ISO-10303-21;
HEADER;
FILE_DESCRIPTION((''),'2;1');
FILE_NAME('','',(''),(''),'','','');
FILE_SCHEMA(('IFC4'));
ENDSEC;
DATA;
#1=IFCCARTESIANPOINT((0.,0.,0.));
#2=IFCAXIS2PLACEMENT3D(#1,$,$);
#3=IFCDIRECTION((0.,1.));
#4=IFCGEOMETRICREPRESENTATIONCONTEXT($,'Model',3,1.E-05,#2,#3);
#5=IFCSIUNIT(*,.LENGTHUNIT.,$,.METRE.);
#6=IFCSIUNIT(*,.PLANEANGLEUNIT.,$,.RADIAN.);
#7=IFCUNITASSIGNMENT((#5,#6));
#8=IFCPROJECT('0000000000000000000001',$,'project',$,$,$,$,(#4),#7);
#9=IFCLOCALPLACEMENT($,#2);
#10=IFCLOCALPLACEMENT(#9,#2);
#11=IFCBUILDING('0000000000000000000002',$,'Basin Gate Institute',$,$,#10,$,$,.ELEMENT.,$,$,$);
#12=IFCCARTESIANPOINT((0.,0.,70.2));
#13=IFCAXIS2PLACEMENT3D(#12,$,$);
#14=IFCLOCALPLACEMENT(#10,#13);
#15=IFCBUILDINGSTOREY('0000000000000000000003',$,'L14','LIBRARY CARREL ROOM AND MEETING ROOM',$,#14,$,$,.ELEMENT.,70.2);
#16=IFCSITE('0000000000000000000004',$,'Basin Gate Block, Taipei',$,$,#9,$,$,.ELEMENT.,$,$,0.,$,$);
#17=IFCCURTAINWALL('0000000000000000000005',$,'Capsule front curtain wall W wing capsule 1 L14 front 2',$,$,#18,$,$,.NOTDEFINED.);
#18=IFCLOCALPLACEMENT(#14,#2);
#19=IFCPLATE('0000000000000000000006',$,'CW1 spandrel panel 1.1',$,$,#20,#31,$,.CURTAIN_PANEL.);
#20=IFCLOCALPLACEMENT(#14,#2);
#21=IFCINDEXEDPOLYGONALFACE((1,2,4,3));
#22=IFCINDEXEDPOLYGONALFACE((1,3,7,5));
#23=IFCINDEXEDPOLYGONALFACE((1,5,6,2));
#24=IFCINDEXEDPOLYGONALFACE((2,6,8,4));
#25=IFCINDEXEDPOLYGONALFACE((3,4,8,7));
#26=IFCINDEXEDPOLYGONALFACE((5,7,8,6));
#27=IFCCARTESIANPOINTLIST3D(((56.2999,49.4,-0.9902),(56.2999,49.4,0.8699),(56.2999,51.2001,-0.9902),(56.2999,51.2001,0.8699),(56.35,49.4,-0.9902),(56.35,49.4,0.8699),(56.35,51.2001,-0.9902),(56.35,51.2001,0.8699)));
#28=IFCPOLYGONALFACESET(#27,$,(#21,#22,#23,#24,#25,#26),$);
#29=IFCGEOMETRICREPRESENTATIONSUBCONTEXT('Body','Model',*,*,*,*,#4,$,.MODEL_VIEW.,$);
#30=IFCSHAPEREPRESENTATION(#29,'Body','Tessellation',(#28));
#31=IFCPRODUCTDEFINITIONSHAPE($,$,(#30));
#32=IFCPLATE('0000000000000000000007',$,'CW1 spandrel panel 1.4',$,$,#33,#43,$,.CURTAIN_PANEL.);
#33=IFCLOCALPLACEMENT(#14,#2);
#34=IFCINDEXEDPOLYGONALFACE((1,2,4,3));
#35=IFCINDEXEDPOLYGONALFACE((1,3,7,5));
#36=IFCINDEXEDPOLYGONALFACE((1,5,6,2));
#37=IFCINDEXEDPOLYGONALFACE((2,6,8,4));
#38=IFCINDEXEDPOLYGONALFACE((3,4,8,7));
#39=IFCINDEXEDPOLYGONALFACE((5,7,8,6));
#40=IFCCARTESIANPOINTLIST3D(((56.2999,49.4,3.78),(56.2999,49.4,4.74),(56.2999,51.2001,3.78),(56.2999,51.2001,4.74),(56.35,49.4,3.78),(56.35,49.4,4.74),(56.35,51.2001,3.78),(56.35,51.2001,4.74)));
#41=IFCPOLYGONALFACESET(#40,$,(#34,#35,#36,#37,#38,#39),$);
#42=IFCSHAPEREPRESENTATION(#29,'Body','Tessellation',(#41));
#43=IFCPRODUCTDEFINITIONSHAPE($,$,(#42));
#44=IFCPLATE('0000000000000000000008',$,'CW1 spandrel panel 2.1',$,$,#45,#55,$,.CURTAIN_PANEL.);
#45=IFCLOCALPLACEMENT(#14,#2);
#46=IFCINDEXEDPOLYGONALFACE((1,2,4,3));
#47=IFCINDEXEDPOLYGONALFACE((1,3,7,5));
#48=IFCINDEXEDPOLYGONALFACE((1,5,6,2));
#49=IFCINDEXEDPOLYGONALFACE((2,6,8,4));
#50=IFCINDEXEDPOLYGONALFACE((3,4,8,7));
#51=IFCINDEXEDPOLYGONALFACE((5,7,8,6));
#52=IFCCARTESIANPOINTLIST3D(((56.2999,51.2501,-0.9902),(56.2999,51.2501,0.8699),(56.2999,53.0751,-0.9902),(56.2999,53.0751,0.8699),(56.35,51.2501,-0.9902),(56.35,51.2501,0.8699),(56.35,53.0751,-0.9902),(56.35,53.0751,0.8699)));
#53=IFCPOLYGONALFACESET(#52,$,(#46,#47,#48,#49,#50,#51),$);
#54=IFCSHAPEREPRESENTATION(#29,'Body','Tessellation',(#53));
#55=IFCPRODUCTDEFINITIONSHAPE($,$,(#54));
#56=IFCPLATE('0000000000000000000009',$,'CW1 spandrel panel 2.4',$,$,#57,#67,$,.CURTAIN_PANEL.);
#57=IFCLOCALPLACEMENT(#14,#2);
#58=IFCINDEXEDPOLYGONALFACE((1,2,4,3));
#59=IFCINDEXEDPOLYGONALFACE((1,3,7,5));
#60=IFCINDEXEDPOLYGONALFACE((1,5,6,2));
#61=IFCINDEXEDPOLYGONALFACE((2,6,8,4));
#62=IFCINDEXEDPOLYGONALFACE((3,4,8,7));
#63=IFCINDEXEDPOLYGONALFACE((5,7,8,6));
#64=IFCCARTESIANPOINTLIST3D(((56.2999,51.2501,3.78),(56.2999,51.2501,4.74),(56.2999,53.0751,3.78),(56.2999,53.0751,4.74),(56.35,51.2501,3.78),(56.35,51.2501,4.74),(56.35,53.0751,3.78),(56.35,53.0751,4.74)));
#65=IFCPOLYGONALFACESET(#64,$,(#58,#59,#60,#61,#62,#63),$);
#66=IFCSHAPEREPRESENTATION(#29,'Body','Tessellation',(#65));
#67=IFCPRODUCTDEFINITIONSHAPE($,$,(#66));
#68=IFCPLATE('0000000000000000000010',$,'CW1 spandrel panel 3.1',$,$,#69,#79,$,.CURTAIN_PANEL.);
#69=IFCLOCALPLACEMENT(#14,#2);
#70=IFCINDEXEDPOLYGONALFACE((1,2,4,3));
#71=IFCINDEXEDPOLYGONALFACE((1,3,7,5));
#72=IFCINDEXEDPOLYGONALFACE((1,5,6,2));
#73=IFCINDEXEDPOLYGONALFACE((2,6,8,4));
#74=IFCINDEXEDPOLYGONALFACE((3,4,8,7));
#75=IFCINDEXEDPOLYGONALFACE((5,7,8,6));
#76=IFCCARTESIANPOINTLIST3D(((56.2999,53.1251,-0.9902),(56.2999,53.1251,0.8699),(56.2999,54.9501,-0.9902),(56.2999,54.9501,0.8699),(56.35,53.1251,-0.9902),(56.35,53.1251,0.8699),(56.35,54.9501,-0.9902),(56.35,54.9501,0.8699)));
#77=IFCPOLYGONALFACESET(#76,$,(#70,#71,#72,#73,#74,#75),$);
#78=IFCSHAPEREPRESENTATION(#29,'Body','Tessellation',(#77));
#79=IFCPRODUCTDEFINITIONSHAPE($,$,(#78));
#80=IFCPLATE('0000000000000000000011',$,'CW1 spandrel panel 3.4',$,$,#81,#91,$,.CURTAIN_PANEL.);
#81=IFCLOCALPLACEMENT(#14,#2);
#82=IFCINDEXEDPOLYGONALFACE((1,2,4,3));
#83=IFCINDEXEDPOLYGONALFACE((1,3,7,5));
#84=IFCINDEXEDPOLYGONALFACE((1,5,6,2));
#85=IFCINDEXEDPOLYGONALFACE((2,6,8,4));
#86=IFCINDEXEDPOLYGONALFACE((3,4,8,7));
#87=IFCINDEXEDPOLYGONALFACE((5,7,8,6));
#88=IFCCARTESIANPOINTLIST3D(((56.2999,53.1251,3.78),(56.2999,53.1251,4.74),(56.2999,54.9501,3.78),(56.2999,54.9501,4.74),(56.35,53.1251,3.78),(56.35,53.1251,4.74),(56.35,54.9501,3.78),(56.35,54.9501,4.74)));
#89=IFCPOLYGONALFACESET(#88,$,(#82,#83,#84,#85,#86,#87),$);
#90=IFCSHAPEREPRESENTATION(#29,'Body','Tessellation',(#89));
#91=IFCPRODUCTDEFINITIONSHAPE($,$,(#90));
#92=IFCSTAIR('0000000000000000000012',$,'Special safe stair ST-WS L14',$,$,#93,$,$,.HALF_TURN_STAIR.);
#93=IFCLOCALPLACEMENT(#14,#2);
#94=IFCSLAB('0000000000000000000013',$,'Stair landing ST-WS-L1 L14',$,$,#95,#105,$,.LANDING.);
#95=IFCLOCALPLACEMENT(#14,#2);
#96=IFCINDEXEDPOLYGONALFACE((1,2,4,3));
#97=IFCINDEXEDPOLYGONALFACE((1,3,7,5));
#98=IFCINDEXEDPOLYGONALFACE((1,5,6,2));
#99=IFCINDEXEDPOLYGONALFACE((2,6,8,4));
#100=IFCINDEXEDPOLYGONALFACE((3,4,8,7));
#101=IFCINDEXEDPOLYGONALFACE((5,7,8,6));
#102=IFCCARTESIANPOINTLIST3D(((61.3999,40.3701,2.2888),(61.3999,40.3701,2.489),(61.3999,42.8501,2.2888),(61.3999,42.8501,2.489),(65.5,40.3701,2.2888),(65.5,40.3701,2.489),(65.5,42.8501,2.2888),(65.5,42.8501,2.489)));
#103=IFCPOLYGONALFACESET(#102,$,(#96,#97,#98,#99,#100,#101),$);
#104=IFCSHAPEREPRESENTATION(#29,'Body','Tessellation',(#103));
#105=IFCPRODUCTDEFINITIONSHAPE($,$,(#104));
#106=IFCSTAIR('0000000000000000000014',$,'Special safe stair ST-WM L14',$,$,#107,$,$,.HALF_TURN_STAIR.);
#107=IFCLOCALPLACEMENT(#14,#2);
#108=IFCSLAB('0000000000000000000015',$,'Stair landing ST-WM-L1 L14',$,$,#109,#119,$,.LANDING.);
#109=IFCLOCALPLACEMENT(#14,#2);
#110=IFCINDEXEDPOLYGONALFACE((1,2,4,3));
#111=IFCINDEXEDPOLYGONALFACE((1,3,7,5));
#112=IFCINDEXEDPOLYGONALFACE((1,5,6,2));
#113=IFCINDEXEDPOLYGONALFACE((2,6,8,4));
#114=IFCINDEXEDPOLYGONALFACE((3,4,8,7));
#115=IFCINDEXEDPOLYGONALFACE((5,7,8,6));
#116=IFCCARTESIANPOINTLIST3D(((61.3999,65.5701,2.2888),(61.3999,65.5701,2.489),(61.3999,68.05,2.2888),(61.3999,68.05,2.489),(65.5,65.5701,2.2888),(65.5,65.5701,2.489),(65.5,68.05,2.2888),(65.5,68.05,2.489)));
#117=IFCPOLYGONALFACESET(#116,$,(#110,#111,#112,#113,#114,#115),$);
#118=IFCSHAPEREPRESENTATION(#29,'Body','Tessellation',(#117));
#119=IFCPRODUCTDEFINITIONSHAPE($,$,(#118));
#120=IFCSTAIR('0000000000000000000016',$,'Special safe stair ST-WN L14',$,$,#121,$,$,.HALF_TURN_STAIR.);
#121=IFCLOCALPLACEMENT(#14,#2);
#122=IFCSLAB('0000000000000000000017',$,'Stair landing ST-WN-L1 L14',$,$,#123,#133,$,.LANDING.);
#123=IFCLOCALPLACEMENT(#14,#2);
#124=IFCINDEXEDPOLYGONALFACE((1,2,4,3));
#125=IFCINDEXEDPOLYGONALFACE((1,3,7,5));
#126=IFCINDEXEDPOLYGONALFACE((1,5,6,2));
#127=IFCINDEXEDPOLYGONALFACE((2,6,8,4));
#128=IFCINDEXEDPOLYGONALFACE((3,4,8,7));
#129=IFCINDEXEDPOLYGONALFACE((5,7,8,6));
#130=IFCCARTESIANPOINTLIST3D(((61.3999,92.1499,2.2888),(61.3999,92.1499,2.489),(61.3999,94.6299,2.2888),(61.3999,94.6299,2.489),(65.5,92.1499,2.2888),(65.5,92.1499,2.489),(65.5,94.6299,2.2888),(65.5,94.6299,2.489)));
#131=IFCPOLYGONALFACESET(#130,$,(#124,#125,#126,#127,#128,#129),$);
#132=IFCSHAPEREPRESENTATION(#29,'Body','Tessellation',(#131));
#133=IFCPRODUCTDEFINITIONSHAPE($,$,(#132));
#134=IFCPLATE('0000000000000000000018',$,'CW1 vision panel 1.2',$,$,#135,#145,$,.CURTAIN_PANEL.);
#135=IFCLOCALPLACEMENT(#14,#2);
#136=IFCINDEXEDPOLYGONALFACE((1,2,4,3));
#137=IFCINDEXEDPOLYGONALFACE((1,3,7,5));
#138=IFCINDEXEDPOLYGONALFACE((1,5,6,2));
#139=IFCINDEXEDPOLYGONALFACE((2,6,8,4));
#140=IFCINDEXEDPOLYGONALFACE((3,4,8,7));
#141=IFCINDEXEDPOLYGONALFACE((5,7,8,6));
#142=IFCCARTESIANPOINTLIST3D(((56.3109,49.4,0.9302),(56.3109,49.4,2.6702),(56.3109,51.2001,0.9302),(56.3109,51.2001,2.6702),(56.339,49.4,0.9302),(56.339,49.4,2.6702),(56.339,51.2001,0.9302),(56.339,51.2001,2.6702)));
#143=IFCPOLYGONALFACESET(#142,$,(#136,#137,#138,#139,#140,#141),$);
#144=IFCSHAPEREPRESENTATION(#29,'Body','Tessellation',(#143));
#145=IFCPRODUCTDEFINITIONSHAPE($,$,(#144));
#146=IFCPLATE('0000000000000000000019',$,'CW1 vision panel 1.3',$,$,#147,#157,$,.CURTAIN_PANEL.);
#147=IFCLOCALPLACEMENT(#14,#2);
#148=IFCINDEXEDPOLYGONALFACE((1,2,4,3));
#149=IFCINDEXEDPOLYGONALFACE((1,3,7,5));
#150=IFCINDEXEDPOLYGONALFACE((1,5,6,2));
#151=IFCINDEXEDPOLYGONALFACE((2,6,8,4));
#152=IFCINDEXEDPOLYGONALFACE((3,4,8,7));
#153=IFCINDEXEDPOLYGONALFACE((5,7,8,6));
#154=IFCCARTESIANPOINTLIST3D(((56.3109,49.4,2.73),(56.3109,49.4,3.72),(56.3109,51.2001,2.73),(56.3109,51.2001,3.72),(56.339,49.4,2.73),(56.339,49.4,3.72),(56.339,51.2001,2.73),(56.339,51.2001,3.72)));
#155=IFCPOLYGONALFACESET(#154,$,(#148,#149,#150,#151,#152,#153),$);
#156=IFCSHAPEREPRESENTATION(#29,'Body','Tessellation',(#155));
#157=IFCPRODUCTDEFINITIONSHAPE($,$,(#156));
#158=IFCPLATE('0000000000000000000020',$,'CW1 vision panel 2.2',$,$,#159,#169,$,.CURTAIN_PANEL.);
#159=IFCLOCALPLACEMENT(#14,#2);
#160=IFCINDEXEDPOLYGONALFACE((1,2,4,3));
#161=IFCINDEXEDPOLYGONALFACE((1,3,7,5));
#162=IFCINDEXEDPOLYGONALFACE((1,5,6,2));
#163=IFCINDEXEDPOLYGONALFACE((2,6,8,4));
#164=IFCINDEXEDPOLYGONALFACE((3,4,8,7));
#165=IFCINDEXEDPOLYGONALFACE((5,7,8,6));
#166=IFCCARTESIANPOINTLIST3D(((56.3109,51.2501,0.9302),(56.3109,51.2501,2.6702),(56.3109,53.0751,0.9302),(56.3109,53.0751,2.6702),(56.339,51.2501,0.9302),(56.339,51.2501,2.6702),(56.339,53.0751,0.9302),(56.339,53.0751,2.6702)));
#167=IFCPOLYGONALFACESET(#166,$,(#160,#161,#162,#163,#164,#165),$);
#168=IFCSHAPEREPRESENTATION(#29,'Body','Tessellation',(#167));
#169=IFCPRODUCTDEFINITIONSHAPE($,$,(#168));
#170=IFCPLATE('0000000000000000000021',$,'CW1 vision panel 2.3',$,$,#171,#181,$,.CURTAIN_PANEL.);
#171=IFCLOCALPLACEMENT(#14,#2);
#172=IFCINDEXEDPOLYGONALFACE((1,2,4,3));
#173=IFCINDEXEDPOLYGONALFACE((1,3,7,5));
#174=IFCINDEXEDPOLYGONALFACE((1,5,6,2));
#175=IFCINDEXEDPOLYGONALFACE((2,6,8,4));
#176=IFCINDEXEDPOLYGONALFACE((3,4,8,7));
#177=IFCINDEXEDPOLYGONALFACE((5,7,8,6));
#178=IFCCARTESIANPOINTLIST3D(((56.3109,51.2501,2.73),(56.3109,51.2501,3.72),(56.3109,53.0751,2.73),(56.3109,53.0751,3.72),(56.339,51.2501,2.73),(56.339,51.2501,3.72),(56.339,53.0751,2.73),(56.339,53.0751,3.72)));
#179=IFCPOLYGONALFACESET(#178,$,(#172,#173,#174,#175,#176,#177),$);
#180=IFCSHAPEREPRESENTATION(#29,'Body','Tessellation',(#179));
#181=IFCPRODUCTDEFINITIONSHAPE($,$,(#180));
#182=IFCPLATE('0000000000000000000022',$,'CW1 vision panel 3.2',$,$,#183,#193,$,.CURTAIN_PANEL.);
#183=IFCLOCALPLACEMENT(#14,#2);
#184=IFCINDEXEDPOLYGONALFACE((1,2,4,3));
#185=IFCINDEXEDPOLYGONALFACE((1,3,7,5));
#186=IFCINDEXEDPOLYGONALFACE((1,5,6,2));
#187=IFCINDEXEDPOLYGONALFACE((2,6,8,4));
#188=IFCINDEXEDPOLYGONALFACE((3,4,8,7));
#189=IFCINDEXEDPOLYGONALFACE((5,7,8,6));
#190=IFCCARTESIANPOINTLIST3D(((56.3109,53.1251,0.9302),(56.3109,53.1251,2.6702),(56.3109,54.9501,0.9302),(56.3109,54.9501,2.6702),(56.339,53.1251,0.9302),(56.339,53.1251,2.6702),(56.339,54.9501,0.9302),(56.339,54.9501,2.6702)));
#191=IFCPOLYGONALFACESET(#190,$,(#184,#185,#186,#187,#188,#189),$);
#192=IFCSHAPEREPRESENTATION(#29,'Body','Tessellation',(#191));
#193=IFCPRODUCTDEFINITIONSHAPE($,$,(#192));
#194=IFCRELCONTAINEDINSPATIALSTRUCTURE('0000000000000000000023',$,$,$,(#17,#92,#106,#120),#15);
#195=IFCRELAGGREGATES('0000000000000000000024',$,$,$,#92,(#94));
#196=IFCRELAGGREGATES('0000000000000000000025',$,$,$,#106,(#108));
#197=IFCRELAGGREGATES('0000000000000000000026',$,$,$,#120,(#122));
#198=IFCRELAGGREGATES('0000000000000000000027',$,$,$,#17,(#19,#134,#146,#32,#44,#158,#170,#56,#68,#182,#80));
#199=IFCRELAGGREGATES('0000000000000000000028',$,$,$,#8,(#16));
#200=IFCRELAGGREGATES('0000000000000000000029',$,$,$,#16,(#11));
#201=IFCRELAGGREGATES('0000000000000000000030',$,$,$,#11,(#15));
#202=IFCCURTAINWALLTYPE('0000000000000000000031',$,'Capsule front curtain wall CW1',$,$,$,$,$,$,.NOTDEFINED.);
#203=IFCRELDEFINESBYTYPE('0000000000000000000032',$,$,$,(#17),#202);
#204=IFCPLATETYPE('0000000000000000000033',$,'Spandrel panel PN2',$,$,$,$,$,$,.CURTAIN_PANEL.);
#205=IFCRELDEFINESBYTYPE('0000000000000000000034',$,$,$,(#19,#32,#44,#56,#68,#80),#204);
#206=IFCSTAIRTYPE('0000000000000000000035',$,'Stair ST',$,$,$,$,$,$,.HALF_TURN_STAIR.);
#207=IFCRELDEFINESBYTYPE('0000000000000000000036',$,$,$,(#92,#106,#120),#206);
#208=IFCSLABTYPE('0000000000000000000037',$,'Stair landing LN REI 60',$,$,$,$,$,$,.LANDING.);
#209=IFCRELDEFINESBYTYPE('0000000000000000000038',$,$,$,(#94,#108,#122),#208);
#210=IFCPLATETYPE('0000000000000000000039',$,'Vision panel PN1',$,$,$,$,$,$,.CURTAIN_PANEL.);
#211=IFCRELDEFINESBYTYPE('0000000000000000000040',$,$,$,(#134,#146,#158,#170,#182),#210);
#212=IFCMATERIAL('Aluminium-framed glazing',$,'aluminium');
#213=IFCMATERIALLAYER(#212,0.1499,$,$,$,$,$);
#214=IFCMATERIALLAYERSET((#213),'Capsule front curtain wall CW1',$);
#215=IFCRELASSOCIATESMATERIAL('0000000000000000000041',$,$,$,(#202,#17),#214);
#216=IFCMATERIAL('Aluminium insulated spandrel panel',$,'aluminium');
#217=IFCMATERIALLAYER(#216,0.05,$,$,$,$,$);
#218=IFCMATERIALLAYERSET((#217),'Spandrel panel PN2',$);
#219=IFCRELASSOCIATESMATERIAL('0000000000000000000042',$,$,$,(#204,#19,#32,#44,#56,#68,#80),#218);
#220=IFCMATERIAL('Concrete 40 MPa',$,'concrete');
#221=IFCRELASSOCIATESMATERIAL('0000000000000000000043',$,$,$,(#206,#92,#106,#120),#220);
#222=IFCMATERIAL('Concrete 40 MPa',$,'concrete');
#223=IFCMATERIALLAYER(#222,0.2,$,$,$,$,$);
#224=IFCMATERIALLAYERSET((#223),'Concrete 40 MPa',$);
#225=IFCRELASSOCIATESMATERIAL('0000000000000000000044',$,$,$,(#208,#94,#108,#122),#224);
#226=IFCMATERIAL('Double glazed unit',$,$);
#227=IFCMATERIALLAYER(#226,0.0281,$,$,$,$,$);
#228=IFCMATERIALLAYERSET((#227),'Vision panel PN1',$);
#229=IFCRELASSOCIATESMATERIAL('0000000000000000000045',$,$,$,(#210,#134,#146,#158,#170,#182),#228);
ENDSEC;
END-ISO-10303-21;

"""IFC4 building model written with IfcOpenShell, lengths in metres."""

from ifc_helpers import new_model, si_unit, direction, frame, origin, origin_2d, place, context, subcontext, project, spatial, polyline, rectangle, outline, extrude, material, layer, layer_set, type_object, element, aggregate, save


model = new_model("IFC4")

# Units and contexts
model_context = context("Model", 3, precision=1e-05, world=origin(), true_north=direction((0.0, 1.0)))
body_context = subcontext(model_context, "Body", "Model", "MODEL_VIEW")
ifc_project = project(units=[si_unit("LENGTHUNIT", "METRE"), si_unit("PLANEANGLEUNIT", "RADIAN")], contexts=[model_context])

# Site, building, storey
site_placement = place(None, origin())
site = spatial("IfcSite", under=ifc_project, at=site_placement, Name="Basin Gate Block, Taipei", CompositionType="ELEMENT", RefElevation=0.0)
building_placement = place(site_placement, origin())
building = spatial("IfcBuilding", under=site, at=building_placement, Name="Basin Gate Institute", CompositionType="ELEMENT")
storey_placement = place(building_placement, frame((0.0, 0.0, 70.2)))
storey = spatial("IfcBuildingStorey", under=building, at=storey_placement, Name="L14", Description="LIBRARY CARREL ROOM AND MEETING ROOM", CompositionType="ELEMENT", Elevation=70.2)

# Curtain wall
ifc_material_1 = material(Name="Aluminium-framed glazing", Category="aluminium")
ifc_layer_1 = layer(ifc_material_1, 0.1499)
ifc_layer_set_1 = layer_set([ifc_layer_1], Name="Capsule front curtain wall CW1")
curtain_wall_type = type_object("IfcCurtainWallType", Name="Capsule front curtain wall CW1", PredefinedType="NOTDEFINED", material=ifc_layer_set_1)
curtain_wall_placement = place(storey_placement, origin())
curtain_wall = element("IfcCurtainWall", 1, at=curtain_wall_placement, inside=storey, type_object=curtain_wall_type, material=ifc_layer_set_1, Name="Capsule front curtain wall W wing capsule 1 L14 front 2", PredefinedType="NOTDEFINED")

# Plates
ifc_material_2 = material(Name="Aluminium insulated spandrel panel", Category="aluminium")
ifc_layer_2 = layer(ifc_material_2, 0.05)
ifc_layer_set_2 = layer_set([ifc_layer_2], Name="Spandrel panel PN2")
plate_type_1 = type_object("IfcPlateType", Name="Spandrel panel PN2", PredefinedType="CURTAIN_PANEL", material=ifc_layer_set_2)
plate_1_placement = place(storey_placement, frame((56.325, 50.3, -0.9902), z_axis=(0.0, 0.0, 1.0), x_axis=(0.0, 1.0, 0.0)))
plate_1 = element("IfcPlate", 2, at=plate_1_placement, type_object=plate_type_1, material=ifc_layer_set_2, Name="CW1 spandrel panel 1.1", PredefinedType="CURTAIN_PANEL", context=body_context, shape_type="SweptSolid", body=[
    extrude(rectangle(XDim=1.8, YDim=0.05, at=origin_2d()), origin(), (0.0, 0.0, 1.0), 1.8601),
])
plate_2_placement = place(storey_placement, frame((56.325, 50.3, 3.78), z_axis=(0.0, 0.0, 1.0), x_axis=(0.0, 1.0, 0.0)))
plate_2 = element("IfcPlate", 3, at=plate_2_placement, type_object=plate_type_1, material=ifc_layer_set_2, Name="CW1 spandrel panel 1.4", PredefinedType="CURTAIN_PANEL", context=body_context, shape_type="SweptSolid", body=[
    extrude(rectangle(XDim=1.8, YDim=0.05, at=origin_2d()), origin(), (0.0, 0.0, 1.0), 0.96),
])
plate_3_placement = place(storey_placement, frame((56.325, 52.1626, -0.9902), z_axis=(0.0, 0.0, 1.0), x_axis=(0.0, 1.0, 0.0)))
plate_3 = element("IfcPlate", 4, at=plate_3_placement, type_object=plate_type_1, material=ifc_layer_set_2, Name="CW1 spandrel panel 2.1", PredefinedType="CURTAIN_PANEL", context=body_context, shape_type="SweptSolid", body=[
    extrude(rectangle(XDim=1.825, YDim=0.05, at=origin_2d()), origin(), (0.0, 0.0, 1.0), 1.8601),
])
plate_4_placement = place(storey_placement, frame((56.325, 52.1626, 3.78), z_axis=(0.0, 0.0, 1.0), x_axis=(0.0, 1.0, 0.0)))
plate_4 = element("IfcPlate", 5, at=plate_4_placement, type_object=plate_type_1, material=ifc_layer_set_2, Name="CW1 spandrel panel 2.4", PredefinedType="CURTAIN_PANEL", context=body_context, shape_type="SweptSolid", body=[
    extrude(rectangle(XDim=1.825, YDim=0.05, at=origin_2d()), origin(), (0.0, 0.0, 1.0), 0.96),
])
plate_5_placement = place(storey_placement, frame((56.325, 54.0376, -0.9902), z_axis=(0.0, 0.0, 1.0), x_axis=(0.0, 1.0, 0.0)))
plate_5 = element("IfcPlate", 6, at=plate_5_placement, type_object=plate_type_1, material=ifc_layer_set_2, Name="CW1 spandrel panel 3.1", PredefinedType="CURTAIN_PANEL", context=body_context, shape_type="SweptSolid", body=[
    extrude(rectangle(XDim=1.825, YDim=0.05, at=origin_2d()), origin(), (0.0, 0.0, 1.0), 1.8601),
])
plate_6_placement = place(storey_placement, frame((56.325, 54.0376, 3.78), z_axis=(0.0, 0.0, 1.0), x_axis=(0.0, 1.0, 0.0)))
plate_6 = element("IfcPlate", 7, at=plate_6_placement, type_object=plate_type_1, material=ifc_layer_set_2, Name="CW1 spandrel panel 3.4", PredefinedType="CURTAIN_PANEL", context=body_context, shape_type="SweptSolid", body=[
    extrude(rectangle(XDim=1.825, YDim=0.05, at=origin_2d()), origin(), (0.0, 0.0, 1.0), 0.96),
])

# Stairs, slabs
ifc_material_3 = material(Name="Concrete 40 MPa", Category="concrete")
stair_type = type_object("IfcStairType", Name="Stair ST", PredefinedType="HALF_TURN_STAIR", material=ifc_material_3)
stair_1_placement = place(storey_placement, origin())
stair_1 = element("IfcStair", 8, at=stair_1_placement, inside=storey, type_object=stair_type, material=ifc_material_3, Name="Special safe stair ST-WS L14", PredefinedType="HALF_TURN_STAIR")
ifc_material_4 = material(Name="Concrete 40 MPa", Category="concrete")
ifc_layer_3 = layer(ifc_material_4, 0.2)
ifc_layer_set_3 = layer_set([ifc_layer_3], Name="Concrete 40 MPa")
slab_type_1 = type_object("IfcSlabType", Name="Stair landing LN REI 60", PredefinedType="LANDING", material=ifc_layer_set_3)
slab_1_placement = place(storey_placement, frame((0.0, 0.0, 2.2888)))
slab_1 = element("IfcSlab", 9, at=slab_1_placement, type_object=slab_type_1, material=ifc_layer_set_3, Name="Stair landing ST-WS-L1 L14", PredefinedType="LANDING", context=body_context, shape_type="SweptSolid", body=[
    extrude(outline(polyline([(61.3999, 40.3701), (65.5, 40.3701), (65.5, 42.8501), (61.3999, 42.8501), (61.3999, 40.3701)])), origin(), (0.0, 0.0, 1.0), 0.2002),
])
aggregate(stair_1, [slab_1])
stair_2_placement = place(storey_placement, origin())
stair_2 = element("IfcStair", 10, at=stair_2_placement, inside=storey, type_object=stair_type, material=ifc_material_3, Name="Special safe stair ST-WM L14", PredefinedType="HALF_TURN_STAIR")
slab_2_placement = place(storey_placement, frame((0.0, 0.0, 2.2888)))
slab_2 = element("IfcSlab", 11, at=slab_2_placement, type_object=slab_type_1, material=ifc_layer_set_3, Name="Stair landing ST-WM-L1 L14", PredefinedType="LANDING", context=body_context, shape_type="SweptSolid", body=[
    extrude(outline(polyline([(61.3999, 65.5701), (65.5, 65.5701), (65.5, 68.05), (61.3999, 68.05), (61.3999, 65.5701)])), origin(), (0.0, 0.0, 1.0), 0.2002),
])
aggregate(stair_2, [slab_2])
stair_3_placement = place(storey_placement, origin())
stair_3 = element("IfcStair", 12, at=stair_3_placement, inside=storey, type_object=stair_type, material=ifc_material_3, Name="Special safe stair ST-WN L14", PredefinedType="HALF_TURN_STAIR")
slab_3_placement = place(storey_placement, frame((0.0, 0.0, 2.2888)))
slab_3 = element("IfcSlab", 13, at=slab_3_placement, type_object=slab_type_1, material=ifc_layer_set_3, Name="Stair landing ST-WN-L1 L14", PredefinedType="LANDING", context=body_context, shape_type="SweptSolid", body=[
    extrude(outline(polyline([(61.3999, 92.1499), (65.5, 92.1499), (65.5, 94.6299), (61.3999, 94.6299), (61.3999, 92.1499)])), origin(), (0.0, 0.0, 1.0), 0.2002),
])
aggregate(stair_3, [slab_3])

# Plates
ifc_material_5 = material(Name="Double glazed unit")
ifc_layer_4 = layer(ifc_material_5, 0.0281)
ifc_layer_set_4 = layer_set([ifc_layer_4], Name="Vision panel PN1")
plate_type_2 = type_object("IfcPlateType", Name="Vision panel PN1", PredefinedType="CURTAIN_PANEL", material=ifc_layer_set_4)
plate_7_placement = place(storey_placement, frame((56.325, 50.3, 0.9302), z_axis=(0.0, 0.0, 1.0), x_axis=(0.0, 1.0, 0.0)))
plate_7 = element("IfcPlate", 14, at=plate_7_placement, type_object=plate_type_2, material=ifc_layer_set_4, Name="CW1 vision panel 1.2", PredefinedType="CURTAIN_PANEL", context=body_context, shape_type="SweptSolid", body=[
    extrude(rectangle(XDim=1.8, YDim=0.0281, at=origin_2d()), origin(), (0.0, 0.0, 1.0), 1.74),
])
plate_8_placement = place(storey_placement, frame((56.325, 50.3, 2.73), z_axis=(0.0, 0.0, 1.0), x_axis=(0.0, 1.0, 0.0)))
plate_8 = element("IfcPlate", 15, at=plate_8_placement, type_object=plate_type_2, material=ifc_layer_set_4, Name="CW1 vision panel 1.3", PredefinedType="CURTAIN_PANEL", context=body_context, shape_type="SweptSolid", body=[
    extrude(rectangle(XDim=1.8, YDim=0.0281, at=origin_2d()), origin(), (0.0, 0.0, 1.0), 0.99),
])
plate_9_placement = place(storey_placement, frame((56.325, 52.1626, 0.9302), z_axis=(0.0, 0.0, 1.0), x_axis=(0.0, 1.0, 0.0)))
plate_9 = element("IfcPlate", 16, at=plate_9_placement, type_object=plate_type_2, material=ifc_layer_set_4, Name="CW1 vision panel 2.2", PredefinedType="CURTAIN_PANEL", context=body_context, shape_type="SweptSolid", body=[
    extrude(rectangle(XDim=1.825, YDim=0.0281, at=origin_2d()), origin(), (0.0, 0.0, 1.0), 1.74),
])
plate_10_placement = place(storey_placement, frame((56.325, 52.1626, 2.73), z_axis=(0.0, 0.0, 1.0), x_axis=(0.0, 1.0, 0.0)))
plate_10 = element("IfcPlate", 17, at=plate_10_placement, type_object=plate_type_2, material=ifc_layer_set_4, Name="CW1 vision panel 2.3", PredefinedType="CURTAIN_PANEL", context=body_context, shape_type="SweptSolid", body=[
    extrude(rectangle(XDim=1.825, YDim=0.0281, at=origin_2d()), origin(), (0.0, 0.0, 1.0), 0.99),
])
plate_11_placement = place(storey_placement, frame((56.325, 54.0376, 0.9302), z_axis=(0.0, 0.0, 1.0), x_axis=(0.0, 1.0, 0.0)))
plate_11 = element("IfcPlate", 18, at=plate_11_placement, type_object=plate_type_2, material=ifc_layer_set_4, Name="CW1 vision panel 3.2", PredefinedType="CURTAIN_PANEL", context=body_context, shape_type="SweptSolid", body=[
    extrude(rectangle(XDim=1.825, YDim=0.0281, at=origin_2d()), origin(), (0.0, 0.0, 1.0), 1.74),
])
aggregate(curtain_wall, [plate_1, plate_7, plate_8, plate_2, plate_3, plate_9, plate_10, plate_4, plate_5, plate_11, plate_6])

save(model, "model.ifc")
